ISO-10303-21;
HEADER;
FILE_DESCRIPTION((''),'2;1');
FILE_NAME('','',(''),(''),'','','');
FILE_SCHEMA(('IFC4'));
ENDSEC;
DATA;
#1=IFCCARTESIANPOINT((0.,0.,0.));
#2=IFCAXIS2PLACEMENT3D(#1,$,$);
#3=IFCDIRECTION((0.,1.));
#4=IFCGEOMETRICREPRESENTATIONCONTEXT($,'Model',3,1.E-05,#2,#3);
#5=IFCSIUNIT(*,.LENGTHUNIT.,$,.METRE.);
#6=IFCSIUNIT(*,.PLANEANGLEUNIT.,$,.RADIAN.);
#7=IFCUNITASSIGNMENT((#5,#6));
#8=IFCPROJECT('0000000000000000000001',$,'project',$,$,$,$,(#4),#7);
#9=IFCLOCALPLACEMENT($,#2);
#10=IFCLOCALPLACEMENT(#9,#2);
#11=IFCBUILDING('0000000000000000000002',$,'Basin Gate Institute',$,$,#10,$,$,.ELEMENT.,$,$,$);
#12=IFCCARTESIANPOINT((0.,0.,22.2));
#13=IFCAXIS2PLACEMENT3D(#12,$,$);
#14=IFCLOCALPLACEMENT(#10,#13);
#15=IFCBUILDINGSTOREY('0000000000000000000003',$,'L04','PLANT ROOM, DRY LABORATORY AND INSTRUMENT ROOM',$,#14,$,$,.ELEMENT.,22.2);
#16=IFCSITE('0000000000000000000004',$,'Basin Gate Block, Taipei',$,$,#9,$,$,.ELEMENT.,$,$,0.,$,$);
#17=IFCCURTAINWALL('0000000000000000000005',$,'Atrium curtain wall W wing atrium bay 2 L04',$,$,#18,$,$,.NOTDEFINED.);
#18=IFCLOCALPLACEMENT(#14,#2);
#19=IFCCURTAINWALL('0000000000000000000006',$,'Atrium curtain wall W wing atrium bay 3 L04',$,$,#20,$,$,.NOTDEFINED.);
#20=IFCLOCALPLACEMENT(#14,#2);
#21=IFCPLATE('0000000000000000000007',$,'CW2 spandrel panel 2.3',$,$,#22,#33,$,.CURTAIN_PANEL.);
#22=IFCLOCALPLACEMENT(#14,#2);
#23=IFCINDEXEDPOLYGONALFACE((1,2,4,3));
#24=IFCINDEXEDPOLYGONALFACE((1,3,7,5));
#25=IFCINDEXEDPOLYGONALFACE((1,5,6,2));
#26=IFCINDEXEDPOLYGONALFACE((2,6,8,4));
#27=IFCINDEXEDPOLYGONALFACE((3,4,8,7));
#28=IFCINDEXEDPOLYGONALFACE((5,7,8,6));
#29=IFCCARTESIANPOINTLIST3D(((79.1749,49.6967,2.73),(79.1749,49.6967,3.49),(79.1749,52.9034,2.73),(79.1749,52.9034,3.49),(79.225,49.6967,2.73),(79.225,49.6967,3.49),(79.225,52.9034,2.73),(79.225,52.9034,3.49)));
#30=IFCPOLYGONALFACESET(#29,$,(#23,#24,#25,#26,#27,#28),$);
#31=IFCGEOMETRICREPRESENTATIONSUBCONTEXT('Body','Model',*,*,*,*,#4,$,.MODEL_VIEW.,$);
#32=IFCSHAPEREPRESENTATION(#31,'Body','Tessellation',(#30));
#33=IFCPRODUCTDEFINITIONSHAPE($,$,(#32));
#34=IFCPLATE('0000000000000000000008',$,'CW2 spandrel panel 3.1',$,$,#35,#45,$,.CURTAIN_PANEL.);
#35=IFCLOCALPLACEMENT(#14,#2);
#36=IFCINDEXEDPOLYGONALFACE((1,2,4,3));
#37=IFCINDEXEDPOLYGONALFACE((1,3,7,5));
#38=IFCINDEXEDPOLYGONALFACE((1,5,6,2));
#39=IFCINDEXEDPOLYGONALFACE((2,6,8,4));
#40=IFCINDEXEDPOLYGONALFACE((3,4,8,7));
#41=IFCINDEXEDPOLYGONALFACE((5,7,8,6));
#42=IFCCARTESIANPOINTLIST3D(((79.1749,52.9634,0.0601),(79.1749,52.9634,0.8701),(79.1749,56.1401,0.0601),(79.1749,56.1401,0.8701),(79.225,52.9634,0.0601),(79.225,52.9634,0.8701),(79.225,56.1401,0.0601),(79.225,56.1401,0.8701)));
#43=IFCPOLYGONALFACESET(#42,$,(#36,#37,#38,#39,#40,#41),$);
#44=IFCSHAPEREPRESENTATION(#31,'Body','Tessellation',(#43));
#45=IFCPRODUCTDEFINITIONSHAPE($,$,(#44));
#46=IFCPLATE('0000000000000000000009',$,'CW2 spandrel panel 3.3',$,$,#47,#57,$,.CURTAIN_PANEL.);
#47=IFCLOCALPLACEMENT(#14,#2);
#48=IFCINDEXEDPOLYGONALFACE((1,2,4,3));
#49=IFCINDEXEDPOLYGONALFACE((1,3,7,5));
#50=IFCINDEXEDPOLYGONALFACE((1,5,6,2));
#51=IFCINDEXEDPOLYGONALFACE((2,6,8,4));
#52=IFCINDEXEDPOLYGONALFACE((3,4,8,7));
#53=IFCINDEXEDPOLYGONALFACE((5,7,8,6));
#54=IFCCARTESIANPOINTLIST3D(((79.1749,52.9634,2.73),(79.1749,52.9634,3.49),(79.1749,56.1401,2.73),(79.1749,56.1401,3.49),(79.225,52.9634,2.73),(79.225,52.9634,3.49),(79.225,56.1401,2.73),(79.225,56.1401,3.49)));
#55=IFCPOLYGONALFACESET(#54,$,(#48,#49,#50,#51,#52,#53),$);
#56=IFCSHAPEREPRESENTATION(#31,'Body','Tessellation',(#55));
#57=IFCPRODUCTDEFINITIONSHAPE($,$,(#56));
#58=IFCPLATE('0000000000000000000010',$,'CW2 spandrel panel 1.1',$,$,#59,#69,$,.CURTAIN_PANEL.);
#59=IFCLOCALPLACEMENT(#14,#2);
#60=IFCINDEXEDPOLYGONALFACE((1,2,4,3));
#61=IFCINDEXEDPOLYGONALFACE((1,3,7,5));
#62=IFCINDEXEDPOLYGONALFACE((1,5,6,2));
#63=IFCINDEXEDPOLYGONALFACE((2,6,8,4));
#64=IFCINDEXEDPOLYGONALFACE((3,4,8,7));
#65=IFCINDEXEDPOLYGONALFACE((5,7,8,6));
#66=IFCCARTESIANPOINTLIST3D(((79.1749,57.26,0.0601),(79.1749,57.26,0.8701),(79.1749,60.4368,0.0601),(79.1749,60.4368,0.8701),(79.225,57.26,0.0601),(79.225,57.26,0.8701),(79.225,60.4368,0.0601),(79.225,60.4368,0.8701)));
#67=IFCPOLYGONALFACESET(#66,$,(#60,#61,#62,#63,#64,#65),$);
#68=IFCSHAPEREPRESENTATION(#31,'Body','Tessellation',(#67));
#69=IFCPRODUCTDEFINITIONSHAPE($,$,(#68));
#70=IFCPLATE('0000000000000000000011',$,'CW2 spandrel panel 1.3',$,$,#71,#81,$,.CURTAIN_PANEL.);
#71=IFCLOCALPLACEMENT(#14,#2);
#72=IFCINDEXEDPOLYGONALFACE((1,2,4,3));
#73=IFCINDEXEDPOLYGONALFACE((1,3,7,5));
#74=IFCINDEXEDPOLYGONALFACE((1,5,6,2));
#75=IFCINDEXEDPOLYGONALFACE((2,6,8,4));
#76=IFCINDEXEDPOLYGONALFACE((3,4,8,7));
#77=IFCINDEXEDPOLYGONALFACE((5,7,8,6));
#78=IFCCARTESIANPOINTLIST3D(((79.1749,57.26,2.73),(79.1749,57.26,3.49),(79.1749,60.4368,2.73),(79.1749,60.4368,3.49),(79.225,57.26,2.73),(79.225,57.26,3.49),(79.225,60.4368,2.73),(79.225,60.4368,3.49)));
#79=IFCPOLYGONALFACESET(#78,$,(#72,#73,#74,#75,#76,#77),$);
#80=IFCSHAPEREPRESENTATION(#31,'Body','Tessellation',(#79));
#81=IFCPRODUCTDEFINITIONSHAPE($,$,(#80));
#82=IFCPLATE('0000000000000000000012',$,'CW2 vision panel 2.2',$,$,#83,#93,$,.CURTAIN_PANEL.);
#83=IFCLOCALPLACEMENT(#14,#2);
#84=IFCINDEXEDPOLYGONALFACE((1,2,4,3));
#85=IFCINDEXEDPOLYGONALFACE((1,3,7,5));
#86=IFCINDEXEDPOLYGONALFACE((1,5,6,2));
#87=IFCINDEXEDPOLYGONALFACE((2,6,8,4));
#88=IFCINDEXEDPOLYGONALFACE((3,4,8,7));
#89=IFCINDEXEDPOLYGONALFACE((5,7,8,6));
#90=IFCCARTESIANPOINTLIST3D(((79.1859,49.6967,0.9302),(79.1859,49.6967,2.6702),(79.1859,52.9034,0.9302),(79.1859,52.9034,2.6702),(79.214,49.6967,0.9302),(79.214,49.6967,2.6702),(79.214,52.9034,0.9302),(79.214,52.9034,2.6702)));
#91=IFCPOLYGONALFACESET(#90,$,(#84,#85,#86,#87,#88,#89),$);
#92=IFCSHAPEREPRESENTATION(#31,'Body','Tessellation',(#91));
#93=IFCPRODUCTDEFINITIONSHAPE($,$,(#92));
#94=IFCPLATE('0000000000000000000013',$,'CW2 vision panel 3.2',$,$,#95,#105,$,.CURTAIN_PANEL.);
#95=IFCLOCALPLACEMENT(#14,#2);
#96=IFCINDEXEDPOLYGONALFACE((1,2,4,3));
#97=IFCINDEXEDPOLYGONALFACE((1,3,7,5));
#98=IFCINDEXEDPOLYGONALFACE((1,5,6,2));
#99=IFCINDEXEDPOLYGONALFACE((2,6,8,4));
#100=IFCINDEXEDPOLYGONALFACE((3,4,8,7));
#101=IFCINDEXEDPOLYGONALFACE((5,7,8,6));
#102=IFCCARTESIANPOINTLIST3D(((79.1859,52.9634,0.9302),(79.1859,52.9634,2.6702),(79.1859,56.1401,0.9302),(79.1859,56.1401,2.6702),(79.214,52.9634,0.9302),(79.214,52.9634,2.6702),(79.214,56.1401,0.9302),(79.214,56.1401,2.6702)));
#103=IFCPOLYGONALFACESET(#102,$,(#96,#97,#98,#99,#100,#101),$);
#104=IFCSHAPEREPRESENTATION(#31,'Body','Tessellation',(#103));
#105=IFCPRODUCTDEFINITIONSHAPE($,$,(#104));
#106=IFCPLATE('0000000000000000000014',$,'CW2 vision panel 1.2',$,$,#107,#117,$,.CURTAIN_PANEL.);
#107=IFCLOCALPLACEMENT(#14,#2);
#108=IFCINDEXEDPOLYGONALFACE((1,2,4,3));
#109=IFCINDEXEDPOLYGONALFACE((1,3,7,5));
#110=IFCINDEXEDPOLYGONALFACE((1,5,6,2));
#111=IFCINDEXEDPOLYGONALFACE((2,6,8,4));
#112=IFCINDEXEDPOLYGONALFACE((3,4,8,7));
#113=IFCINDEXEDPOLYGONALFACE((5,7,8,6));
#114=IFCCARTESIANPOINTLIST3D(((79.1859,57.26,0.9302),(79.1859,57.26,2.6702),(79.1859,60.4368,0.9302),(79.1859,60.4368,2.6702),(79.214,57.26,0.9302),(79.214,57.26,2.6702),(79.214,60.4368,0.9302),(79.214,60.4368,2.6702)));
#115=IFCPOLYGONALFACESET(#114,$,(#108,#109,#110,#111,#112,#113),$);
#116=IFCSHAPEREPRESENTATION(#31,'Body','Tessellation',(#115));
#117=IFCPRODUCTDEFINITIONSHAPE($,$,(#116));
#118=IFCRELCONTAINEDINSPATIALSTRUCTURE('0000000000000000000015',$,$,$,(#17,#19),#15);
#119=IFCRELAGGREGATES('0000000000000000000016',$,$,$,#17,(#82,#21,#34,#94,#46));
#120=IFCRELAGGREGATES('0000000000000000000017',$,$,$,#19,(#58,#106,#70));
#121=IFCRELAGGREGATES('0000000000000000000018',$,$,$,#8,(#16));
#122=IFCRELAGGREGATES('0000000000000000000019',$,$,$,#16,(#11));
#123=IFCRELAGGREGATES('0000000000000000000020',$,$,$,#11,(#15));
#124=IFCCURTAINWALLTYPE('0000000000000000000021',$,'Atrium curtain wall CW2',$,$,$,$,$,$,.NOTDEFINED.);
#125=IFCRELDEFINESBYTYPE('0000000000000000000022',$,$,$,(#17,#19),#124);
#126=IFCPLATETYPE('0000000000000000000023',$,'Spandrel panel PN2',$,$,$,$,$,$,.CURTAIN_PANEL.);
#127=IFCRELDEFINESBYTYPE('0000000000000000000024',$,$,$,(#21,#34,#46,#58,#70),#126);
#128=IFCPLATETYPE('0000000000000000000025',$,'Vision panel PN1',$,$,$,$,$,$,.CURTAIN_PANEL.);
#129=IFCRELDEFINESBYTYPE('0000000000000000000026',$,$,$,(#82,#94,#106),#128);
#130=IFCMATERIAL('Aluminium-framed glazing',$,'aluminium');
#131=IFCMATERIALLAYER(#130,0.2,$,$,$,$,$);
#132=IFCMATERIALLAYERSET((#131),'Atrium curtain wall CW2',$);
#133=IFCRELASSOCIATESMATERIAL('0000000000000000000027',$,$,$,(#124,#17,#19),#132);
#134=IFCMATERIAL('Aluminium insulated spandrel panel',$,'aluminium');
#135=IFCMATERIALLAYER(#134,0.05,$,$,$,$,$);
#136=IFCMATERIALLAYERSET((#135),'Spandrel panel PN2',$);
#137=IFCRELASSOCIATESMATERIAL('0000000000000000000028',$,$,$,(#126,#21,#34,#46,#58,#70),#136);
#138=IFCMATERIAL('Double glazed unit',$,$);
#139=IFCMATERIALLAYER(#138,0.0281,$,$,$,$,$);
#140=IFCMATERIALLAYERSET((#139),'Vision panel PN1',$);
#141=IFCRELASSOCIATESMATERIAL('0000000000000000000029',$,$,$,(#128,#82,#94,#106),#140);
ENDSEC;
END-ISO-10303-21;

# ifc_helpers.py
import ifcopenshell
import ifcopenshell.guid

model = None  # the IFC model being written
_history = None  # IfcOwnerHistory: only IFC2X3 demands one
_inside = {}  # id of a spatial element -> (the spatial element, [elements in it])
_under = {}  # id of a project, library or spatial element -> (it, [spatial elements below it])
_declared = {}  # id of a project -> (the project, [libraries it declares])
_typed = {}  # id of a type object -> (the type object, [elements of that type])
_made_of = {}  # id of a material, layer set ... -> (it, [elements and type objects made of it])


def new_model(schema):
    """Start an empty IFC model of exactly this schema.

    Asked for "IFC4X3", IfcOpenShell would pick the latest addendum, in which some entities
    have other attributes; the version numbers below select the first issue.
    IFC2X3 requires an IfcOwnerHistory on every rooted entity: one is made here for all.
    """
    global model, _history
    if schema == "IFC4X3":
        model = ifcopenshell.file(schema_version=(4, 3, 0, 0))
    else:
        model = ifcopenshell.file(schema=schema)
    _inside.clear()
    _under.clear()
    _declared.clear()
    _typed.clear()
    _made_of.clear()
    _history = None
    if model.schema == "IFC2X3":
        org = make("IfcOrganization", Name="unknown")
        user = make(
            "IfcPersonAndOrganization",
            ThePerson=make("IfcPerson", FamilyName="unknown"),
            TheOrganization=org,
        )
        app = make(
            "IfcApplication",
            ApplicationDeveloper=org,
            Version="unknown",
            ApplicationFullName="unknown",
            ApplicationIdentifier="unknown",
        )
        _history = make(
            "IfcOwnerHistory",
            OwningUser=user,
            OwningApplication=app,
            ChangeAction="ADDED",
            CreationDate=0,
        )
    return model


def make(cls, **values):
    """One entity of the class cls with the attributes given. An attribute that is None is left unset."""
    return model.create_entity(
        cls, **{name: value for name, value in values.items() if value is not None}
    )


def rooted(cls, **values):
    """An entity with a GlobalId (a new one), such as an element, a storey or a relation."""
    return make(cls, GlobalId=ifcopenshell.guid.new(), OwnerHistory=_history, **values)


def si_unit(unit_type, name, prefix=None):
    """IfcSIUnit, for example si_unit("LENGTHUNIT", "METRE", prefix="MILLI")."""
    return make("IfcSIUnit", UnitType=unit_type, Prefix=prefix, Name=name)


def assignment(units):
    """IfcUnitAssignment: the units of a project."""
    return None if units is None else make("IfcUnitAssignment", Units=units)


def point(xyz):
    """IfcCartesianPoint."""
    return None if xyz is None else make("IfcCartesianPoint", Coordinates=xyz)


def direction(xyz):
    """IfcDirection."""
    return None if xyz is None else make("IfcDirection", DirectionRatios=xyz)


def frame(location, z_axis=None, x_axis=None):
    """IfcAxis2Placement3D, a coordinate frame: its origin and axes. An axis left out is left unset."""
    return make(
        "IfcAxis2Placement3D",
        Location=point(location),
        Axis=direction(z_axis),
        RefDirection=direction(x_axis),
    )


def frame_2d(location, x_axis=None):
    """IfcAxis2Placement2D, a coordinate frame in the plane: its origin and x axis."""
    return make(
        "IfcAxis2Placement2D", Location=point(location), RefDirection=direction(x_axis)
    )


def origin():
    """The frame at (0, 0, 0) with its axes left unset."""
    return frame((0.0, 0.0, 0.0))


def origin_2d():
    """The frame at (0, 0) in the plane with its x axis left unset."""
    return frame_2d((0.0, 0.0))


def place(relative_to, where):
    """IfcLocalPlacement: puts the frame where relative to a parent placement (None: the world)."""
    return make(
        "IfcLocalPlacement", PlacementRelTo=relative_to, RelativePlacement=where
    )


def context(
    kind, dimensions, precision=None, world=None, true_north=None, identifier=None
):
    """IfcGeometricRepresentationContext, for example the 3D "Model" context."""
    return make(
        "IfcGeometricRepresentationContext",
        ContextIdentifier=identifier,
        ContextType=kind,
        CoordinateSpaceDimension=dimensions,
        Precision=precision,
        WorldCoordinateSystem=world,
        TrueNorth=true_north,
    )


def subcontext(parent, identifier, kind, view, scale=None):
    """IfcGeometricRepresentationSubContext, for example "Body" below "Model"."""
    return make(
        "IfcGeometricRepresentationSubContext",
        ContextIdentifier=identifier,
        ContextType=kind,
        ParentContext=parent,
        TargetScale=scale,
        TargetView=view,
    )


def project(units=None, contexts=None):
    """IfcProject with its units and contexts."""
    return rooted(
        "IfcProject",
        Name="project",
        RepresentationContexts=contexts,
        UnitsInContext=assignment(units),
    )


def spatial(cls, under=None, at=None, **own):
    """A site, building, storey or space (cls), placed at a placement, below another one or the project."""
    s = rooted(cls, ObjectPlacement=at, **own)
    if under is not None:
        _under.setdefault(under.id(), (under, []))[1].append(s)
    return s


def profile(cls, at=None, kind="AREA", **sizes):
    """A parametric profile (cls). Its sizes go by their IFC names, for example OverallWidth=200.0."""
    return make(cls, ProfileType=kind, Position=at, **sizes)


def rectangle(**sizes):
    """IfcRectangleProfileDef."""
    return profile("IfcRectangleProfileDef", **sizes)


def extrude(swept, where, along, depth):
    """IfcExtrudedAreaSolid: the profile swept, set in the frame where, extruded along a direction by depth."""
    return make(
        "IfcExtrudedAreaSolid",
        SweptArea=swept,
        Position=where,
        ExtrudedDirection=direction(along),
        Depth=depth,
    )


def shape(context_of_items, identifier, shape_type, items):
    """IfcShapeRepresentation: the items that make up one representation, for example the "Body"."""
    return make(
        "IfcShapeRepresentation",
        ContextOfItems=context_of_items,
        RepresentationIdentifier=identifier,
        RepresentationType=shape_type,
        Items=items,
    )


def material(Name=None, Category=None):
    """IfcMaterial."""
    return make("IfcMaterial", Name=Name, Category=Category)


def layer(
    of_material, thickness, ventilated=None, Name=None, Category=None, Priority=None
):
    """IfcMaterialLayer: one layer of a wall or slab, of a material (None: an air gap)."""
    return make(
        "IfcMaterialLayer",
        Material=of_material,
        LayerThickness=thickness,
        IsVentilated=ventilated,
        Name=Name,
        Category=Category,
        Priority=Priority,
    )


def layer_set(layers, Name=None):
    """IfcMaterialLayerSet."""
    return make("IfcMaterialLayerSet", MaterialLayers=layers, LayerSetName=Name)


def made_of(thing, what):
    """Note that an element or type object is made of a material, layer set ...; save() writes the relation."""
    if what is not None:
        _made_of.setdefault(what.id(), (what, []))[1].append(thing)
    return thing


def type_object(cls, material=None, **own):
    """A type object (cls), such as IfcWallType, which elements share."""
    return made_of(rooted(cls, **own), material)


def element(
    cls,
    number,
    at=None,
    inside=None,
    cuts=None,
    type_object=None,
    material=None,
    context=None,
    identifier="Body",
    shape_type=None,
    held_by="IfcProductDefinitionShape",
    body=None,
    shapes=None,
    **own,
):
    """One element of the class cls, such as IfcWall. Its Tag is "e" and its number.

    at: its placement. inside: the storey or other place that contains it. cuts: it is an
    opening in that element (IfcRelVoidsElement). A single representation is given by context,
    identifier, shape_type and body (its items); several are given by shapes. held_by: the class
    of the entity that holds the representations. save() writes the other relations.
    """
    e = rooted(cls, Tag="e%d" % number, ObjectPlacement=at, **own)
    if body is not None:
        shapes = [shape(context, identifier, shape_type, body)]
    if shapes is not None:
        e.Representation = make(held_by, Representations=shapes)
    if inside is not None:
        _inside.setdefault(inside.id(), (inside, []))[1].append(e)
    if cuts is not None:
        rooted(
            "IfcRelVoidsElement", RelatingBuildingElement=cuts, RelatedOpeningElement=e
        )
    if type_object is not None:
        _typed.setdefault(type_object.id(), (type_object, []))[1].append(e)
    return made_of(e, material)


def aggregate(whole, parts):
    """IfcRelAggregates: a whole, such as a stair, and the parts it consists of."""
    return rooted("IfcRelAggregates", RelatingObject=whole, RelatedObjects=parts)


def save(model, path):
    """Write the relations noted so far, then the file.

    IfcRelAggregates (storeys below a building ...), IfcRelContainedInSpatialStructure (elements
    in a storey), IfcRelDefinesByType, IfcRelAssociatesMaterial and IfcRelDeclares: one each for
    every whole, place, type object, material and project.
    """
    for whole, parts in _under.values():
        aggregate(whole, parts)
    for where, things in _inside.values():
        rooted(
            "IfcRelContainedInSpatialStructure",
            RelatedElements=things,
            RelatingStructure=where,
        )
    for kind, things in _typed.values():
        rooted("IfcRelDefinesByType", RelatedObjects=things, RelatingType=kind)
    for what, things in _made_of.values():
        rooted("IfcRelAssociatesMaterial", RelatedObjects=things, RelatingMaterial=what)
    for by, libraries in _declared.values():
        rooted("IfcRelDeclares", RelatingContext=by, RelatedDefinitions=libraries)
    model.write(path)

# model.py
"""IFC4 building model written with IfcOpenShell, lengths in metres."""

from ifc_helpers import new_model, si_unit, direction, frame, origin, origin_2d, place, context, subcontext, project, spatial, rectangle, extrude, material, layer, layer_set, type_object, element, aggregate, save


model = new_model("IFC4")

# Units and contexts
model_context = context("Model", 3, precision=1e-05, world=origin(), true_north=direction((0.0, 1.0)))
body_context = subcontext(model_context, "Body", "Model", "MODEL_VIEW")
ifc_project = project(units=[si_unit("LENGTHUNIT", "METRE"), si_unit("PLANEANGLEUNIT", "RADIAN")], contexts=[model_context])

# Site, building, storey
site_placement = place(None, origin())
site = spatial("IfcSite", under=ifc_project, at=site_placement, Name="Basin Gate Block, Taipei", CompositionType="ELEMENT", RefElevation=0.0)
building_placement = place(site_placement, origin())
building = spatial("IfcBuilding", under=site, at=building_placement, Name="Basin Gate Institute", CompositionType="ELEMENT")
storey_placement = place(building_placement, frame((0.0, 0.0, 22.2)))
storey = spatial("IfcBuildingStorey", under=building, at=storey_placement, Name="L04", Description="PLANT ROOM, DRY LABORATORY AND INSTRUMENT ROOM", CompositionType="ELEMENT", Elevation=22.2)

# Curtain wall
ifc_material_1 = material(Name="Aluminium-framed glazing", Category="aluminium")
ifc_layer_1 = layer(ifc_material_1, 0.2)
ifc_layer_set_1 = layer_set([ifc_layer_1], Name="Atrium curtain wall CW2")
curtain_wall_type = type_object("IfcCurtainWallType", Name="Atrium curtain wall CW2", PredefinedType="NOTDEFINED", material=ifc_layer_set_1)
curtain_wall_1_placement = place(storey_placement, origin())
curtain_wall_1 = element("IfcCurtainWall", 1, at=curtain_wall_1_placement, inside=storey, type_object=curtain_wall_type, material=ifc_layer_set_1, Name="Atrium curtain wall W wing atrium bay 2 L04", PredefinedType="NOTDEFINED")

# Curtain wall
curtain_wall_2_placement = place(storey_placement, origin())
curtain_wall_2 = element("IfcCurtainWall", 2, at=curtain_wall_2_placement, inside=storey, type_object=curtain_wall_type, material=ifc_layer_set_1, Name="Atrium curtain wall W wing atrium bay 3 L04", PredefinedType="NOTDEFINED")

# Plates
ifc_material_2 = material(Name="Aluminium insulated spandrel panel", Category="aluminium")
ifc_layer_2 = layer(ifc_material_2, 0.05)
ifc_layer_set_2 = layer_set([ifc_layer_2], Name="Spandrel panel PN2")
plate_type_1 = type_object("IfcPlateType", Name="Spandrel panel PN2", PredefinedType="CURTAIN_PANEL", material=ifc_layer_set_2)
plate_1_placement = place(storey_placement, frame((79.2, 51.3, 2.73), z_axis=(0.0, 0.0, 1.0), x_axis=(0.0, 1.0, 0.0)))
plate_1 = element("IfcPlate", 3, at=plate_1_placement, type_object=plate_type_1, material=ifc_layer_set_2, Name="CW2 spandrel panel 2.3", PredefinedType="CURTAIN_PANEL", context=body_context, shape_type="SweptSolid", body=[
    extrude(rectangle(XDim=3.2068, YDim=0.05, at=origin_2d()), origin(), (0.0, 0.0, 1.0), 0.76),
])
plate_2_placement = place(storey_placement, frame((79.2, 54.5518, 0.0601), z_axis=(0.0, 0.0, 1.0), x_axis=(0.0, 1.0, 0.0)))
plate_2 = element("IfcPlate", 4, at=plate_2_placement, type_object=plate_type_1, material=ifc_layer_set_2, Name="CW2 spandrel panel 3.1", PredefinedType="CURTAIN_PANEL", context=body_context, shape_type="SweptSolid", body=[
    extrude(rectangle(XDim=3.1768, YDim=0.05, at=origin_2d()), origin(), (0.0, 0.0, 1.0), 0.8101),
])
plate_3_placement = place(storey_placement, frame((79.2, 54.5518, 2.73), z_axis=(0.0, 0.0, 1.0), x_axis=(0.0, 1.0, 0.0)))
plate_3 = element("IfcPlate", 5, at=plate_3_placement, type_object=plate_type_1, material=ifc_layer_set_2, Name="CW2 spandrel panel 3.3", PredefinedType="CURTAIN_PANEL", context=body_context, shape_type="SweptSolid", body=[
    extrude(rectangle(XDim=3.1768, YDim=0.05, at=origin_2d()), origin(), (0.0, 0.0, 1.0), 0.76),
])
plate_4_placement = place(storey_placement, frame((79.2, 58.8484, 0.0601), z_axis=(0.0, 0.0, 1.0), x_axis=(0.0, 1.0, 0.0)))
plate_4 = element("IfcPlate", 6, at=plate_4_placement, type_object=plate_type_1, material=ifc_layer_set_2, Name="CW2 spandrel panel 1.1", PredefinedType="CURTAIN_PANEL", context=body_context, shape_type="SweptSolid", body=[
    extrude(rectangle(XDim=3.1768, YDim=0.05, at=origin_2d()), origin(), (0.0, 0.0, 1.0), 0.8101),
])
plate_5_placement = place(storey_placement, frame((79.2, 58.8484, 2.73), z_axis=(0.0, 0.0, 1.0), x_axis=(0.0, 1.0, 0.0)))
plate_5 = element("IfcPlate", 7, at=plate_5_placement, type_object=plate_type_1, material=ifc_layer_set_2, Name="CW2 spandrel panel 1.3", PredefinedType="CURTAIN_PANEL", context=body_context, shape_type="SweptSolid", body=[
    extrude(rectangle(XDim=3.1768, YDim=0.05, at=origin_2d()), origin(), (0.0, 0.0, 1.0), 0.76),
])
ifc_material_3 = material(Name="Double glazed unit")
ifc_layer_3 = layer(ifc_material_3, 0.0281)
ifc_layer_set_3 = layer_set([ifc_layer_3], Name="Vision panel PN1")
plate_type_2 = type_object("IfcPlateType", Name="Vision panel PN1", PredefinedType="CURTAIN_PANEL", material=ifc_layer_set_3)
plate_6_placement = place(storey_placement, frame((79.2, 51.3, 0.9302), z_axis=(0.0, 0.0, 1.0), x_axis=(0.0, 1.0, 0.0)))
plate_6 = element("IfcPlate", 8, at=plate_6_placement, type_object=plate_type_2, material=ifc_layer_set_3, Name="CW2 vision panel 2.2", PredefinedType="CURTAIN_PANEL", context=body_context, shape_type="SweptSolid", body=[
    extrude(rectangle(XDim=3.2068, YDim=0.0281, at=origin_2d()), origin(), (0.0, 0.0, 1.0), 1.74),
])
plate_7_placement = place(storey_placement, frame((79.2, 54.5518, 0.9302), z_axis=(0.0, 0.0, 1.0), x_axis=(0.0, 1.0, 0.0)))
plate_7 = element("IfcPlate", 9, at=plate_7_placement, type_object=plate_type_2, material=ifc_layer_set_3, Name="CW2 vision panel 3.2", PredefinedType="CURTAIN_PANEL", context=body_context, shape_type="SweptSolid", body=[
    extrude(rectangle(XDim=3.1768, YDim=0.0281, at=origin_2d()), origin(), (0.0, 0.0, 1.0), 1.74),
])
aggregate(curtain_wall_1, [plate_6, plate_1, plate_2, plate_7, plate_3])
plate_8_placement = place(storey_placement, frame((79.2, 58.8484, 0.9302), z_axis=(0.0, 0.0, 1.0), x_axis=(0.0, 1.0, 0.0)))
plate_8 = element("IfcPlate", 10, at=plate_8_placement, type_object=plate_type_2, material=ifc_layer_set_3, Name="CW2 vision panel 1.2", PredefinedType="CURTAIN_PANEL", context=body_context, shape_type="SweptSolid", body=[
    extrude(rectangle(XDim=3.1768, YDim=0.0281, at=origin_2d()), origin(), (0.0, 0.0, 1.0), 1.74),
])
aggregate(curtain_wall_2, [plate_4, plate_8, plate_5])

save(model, "model.ifc")
